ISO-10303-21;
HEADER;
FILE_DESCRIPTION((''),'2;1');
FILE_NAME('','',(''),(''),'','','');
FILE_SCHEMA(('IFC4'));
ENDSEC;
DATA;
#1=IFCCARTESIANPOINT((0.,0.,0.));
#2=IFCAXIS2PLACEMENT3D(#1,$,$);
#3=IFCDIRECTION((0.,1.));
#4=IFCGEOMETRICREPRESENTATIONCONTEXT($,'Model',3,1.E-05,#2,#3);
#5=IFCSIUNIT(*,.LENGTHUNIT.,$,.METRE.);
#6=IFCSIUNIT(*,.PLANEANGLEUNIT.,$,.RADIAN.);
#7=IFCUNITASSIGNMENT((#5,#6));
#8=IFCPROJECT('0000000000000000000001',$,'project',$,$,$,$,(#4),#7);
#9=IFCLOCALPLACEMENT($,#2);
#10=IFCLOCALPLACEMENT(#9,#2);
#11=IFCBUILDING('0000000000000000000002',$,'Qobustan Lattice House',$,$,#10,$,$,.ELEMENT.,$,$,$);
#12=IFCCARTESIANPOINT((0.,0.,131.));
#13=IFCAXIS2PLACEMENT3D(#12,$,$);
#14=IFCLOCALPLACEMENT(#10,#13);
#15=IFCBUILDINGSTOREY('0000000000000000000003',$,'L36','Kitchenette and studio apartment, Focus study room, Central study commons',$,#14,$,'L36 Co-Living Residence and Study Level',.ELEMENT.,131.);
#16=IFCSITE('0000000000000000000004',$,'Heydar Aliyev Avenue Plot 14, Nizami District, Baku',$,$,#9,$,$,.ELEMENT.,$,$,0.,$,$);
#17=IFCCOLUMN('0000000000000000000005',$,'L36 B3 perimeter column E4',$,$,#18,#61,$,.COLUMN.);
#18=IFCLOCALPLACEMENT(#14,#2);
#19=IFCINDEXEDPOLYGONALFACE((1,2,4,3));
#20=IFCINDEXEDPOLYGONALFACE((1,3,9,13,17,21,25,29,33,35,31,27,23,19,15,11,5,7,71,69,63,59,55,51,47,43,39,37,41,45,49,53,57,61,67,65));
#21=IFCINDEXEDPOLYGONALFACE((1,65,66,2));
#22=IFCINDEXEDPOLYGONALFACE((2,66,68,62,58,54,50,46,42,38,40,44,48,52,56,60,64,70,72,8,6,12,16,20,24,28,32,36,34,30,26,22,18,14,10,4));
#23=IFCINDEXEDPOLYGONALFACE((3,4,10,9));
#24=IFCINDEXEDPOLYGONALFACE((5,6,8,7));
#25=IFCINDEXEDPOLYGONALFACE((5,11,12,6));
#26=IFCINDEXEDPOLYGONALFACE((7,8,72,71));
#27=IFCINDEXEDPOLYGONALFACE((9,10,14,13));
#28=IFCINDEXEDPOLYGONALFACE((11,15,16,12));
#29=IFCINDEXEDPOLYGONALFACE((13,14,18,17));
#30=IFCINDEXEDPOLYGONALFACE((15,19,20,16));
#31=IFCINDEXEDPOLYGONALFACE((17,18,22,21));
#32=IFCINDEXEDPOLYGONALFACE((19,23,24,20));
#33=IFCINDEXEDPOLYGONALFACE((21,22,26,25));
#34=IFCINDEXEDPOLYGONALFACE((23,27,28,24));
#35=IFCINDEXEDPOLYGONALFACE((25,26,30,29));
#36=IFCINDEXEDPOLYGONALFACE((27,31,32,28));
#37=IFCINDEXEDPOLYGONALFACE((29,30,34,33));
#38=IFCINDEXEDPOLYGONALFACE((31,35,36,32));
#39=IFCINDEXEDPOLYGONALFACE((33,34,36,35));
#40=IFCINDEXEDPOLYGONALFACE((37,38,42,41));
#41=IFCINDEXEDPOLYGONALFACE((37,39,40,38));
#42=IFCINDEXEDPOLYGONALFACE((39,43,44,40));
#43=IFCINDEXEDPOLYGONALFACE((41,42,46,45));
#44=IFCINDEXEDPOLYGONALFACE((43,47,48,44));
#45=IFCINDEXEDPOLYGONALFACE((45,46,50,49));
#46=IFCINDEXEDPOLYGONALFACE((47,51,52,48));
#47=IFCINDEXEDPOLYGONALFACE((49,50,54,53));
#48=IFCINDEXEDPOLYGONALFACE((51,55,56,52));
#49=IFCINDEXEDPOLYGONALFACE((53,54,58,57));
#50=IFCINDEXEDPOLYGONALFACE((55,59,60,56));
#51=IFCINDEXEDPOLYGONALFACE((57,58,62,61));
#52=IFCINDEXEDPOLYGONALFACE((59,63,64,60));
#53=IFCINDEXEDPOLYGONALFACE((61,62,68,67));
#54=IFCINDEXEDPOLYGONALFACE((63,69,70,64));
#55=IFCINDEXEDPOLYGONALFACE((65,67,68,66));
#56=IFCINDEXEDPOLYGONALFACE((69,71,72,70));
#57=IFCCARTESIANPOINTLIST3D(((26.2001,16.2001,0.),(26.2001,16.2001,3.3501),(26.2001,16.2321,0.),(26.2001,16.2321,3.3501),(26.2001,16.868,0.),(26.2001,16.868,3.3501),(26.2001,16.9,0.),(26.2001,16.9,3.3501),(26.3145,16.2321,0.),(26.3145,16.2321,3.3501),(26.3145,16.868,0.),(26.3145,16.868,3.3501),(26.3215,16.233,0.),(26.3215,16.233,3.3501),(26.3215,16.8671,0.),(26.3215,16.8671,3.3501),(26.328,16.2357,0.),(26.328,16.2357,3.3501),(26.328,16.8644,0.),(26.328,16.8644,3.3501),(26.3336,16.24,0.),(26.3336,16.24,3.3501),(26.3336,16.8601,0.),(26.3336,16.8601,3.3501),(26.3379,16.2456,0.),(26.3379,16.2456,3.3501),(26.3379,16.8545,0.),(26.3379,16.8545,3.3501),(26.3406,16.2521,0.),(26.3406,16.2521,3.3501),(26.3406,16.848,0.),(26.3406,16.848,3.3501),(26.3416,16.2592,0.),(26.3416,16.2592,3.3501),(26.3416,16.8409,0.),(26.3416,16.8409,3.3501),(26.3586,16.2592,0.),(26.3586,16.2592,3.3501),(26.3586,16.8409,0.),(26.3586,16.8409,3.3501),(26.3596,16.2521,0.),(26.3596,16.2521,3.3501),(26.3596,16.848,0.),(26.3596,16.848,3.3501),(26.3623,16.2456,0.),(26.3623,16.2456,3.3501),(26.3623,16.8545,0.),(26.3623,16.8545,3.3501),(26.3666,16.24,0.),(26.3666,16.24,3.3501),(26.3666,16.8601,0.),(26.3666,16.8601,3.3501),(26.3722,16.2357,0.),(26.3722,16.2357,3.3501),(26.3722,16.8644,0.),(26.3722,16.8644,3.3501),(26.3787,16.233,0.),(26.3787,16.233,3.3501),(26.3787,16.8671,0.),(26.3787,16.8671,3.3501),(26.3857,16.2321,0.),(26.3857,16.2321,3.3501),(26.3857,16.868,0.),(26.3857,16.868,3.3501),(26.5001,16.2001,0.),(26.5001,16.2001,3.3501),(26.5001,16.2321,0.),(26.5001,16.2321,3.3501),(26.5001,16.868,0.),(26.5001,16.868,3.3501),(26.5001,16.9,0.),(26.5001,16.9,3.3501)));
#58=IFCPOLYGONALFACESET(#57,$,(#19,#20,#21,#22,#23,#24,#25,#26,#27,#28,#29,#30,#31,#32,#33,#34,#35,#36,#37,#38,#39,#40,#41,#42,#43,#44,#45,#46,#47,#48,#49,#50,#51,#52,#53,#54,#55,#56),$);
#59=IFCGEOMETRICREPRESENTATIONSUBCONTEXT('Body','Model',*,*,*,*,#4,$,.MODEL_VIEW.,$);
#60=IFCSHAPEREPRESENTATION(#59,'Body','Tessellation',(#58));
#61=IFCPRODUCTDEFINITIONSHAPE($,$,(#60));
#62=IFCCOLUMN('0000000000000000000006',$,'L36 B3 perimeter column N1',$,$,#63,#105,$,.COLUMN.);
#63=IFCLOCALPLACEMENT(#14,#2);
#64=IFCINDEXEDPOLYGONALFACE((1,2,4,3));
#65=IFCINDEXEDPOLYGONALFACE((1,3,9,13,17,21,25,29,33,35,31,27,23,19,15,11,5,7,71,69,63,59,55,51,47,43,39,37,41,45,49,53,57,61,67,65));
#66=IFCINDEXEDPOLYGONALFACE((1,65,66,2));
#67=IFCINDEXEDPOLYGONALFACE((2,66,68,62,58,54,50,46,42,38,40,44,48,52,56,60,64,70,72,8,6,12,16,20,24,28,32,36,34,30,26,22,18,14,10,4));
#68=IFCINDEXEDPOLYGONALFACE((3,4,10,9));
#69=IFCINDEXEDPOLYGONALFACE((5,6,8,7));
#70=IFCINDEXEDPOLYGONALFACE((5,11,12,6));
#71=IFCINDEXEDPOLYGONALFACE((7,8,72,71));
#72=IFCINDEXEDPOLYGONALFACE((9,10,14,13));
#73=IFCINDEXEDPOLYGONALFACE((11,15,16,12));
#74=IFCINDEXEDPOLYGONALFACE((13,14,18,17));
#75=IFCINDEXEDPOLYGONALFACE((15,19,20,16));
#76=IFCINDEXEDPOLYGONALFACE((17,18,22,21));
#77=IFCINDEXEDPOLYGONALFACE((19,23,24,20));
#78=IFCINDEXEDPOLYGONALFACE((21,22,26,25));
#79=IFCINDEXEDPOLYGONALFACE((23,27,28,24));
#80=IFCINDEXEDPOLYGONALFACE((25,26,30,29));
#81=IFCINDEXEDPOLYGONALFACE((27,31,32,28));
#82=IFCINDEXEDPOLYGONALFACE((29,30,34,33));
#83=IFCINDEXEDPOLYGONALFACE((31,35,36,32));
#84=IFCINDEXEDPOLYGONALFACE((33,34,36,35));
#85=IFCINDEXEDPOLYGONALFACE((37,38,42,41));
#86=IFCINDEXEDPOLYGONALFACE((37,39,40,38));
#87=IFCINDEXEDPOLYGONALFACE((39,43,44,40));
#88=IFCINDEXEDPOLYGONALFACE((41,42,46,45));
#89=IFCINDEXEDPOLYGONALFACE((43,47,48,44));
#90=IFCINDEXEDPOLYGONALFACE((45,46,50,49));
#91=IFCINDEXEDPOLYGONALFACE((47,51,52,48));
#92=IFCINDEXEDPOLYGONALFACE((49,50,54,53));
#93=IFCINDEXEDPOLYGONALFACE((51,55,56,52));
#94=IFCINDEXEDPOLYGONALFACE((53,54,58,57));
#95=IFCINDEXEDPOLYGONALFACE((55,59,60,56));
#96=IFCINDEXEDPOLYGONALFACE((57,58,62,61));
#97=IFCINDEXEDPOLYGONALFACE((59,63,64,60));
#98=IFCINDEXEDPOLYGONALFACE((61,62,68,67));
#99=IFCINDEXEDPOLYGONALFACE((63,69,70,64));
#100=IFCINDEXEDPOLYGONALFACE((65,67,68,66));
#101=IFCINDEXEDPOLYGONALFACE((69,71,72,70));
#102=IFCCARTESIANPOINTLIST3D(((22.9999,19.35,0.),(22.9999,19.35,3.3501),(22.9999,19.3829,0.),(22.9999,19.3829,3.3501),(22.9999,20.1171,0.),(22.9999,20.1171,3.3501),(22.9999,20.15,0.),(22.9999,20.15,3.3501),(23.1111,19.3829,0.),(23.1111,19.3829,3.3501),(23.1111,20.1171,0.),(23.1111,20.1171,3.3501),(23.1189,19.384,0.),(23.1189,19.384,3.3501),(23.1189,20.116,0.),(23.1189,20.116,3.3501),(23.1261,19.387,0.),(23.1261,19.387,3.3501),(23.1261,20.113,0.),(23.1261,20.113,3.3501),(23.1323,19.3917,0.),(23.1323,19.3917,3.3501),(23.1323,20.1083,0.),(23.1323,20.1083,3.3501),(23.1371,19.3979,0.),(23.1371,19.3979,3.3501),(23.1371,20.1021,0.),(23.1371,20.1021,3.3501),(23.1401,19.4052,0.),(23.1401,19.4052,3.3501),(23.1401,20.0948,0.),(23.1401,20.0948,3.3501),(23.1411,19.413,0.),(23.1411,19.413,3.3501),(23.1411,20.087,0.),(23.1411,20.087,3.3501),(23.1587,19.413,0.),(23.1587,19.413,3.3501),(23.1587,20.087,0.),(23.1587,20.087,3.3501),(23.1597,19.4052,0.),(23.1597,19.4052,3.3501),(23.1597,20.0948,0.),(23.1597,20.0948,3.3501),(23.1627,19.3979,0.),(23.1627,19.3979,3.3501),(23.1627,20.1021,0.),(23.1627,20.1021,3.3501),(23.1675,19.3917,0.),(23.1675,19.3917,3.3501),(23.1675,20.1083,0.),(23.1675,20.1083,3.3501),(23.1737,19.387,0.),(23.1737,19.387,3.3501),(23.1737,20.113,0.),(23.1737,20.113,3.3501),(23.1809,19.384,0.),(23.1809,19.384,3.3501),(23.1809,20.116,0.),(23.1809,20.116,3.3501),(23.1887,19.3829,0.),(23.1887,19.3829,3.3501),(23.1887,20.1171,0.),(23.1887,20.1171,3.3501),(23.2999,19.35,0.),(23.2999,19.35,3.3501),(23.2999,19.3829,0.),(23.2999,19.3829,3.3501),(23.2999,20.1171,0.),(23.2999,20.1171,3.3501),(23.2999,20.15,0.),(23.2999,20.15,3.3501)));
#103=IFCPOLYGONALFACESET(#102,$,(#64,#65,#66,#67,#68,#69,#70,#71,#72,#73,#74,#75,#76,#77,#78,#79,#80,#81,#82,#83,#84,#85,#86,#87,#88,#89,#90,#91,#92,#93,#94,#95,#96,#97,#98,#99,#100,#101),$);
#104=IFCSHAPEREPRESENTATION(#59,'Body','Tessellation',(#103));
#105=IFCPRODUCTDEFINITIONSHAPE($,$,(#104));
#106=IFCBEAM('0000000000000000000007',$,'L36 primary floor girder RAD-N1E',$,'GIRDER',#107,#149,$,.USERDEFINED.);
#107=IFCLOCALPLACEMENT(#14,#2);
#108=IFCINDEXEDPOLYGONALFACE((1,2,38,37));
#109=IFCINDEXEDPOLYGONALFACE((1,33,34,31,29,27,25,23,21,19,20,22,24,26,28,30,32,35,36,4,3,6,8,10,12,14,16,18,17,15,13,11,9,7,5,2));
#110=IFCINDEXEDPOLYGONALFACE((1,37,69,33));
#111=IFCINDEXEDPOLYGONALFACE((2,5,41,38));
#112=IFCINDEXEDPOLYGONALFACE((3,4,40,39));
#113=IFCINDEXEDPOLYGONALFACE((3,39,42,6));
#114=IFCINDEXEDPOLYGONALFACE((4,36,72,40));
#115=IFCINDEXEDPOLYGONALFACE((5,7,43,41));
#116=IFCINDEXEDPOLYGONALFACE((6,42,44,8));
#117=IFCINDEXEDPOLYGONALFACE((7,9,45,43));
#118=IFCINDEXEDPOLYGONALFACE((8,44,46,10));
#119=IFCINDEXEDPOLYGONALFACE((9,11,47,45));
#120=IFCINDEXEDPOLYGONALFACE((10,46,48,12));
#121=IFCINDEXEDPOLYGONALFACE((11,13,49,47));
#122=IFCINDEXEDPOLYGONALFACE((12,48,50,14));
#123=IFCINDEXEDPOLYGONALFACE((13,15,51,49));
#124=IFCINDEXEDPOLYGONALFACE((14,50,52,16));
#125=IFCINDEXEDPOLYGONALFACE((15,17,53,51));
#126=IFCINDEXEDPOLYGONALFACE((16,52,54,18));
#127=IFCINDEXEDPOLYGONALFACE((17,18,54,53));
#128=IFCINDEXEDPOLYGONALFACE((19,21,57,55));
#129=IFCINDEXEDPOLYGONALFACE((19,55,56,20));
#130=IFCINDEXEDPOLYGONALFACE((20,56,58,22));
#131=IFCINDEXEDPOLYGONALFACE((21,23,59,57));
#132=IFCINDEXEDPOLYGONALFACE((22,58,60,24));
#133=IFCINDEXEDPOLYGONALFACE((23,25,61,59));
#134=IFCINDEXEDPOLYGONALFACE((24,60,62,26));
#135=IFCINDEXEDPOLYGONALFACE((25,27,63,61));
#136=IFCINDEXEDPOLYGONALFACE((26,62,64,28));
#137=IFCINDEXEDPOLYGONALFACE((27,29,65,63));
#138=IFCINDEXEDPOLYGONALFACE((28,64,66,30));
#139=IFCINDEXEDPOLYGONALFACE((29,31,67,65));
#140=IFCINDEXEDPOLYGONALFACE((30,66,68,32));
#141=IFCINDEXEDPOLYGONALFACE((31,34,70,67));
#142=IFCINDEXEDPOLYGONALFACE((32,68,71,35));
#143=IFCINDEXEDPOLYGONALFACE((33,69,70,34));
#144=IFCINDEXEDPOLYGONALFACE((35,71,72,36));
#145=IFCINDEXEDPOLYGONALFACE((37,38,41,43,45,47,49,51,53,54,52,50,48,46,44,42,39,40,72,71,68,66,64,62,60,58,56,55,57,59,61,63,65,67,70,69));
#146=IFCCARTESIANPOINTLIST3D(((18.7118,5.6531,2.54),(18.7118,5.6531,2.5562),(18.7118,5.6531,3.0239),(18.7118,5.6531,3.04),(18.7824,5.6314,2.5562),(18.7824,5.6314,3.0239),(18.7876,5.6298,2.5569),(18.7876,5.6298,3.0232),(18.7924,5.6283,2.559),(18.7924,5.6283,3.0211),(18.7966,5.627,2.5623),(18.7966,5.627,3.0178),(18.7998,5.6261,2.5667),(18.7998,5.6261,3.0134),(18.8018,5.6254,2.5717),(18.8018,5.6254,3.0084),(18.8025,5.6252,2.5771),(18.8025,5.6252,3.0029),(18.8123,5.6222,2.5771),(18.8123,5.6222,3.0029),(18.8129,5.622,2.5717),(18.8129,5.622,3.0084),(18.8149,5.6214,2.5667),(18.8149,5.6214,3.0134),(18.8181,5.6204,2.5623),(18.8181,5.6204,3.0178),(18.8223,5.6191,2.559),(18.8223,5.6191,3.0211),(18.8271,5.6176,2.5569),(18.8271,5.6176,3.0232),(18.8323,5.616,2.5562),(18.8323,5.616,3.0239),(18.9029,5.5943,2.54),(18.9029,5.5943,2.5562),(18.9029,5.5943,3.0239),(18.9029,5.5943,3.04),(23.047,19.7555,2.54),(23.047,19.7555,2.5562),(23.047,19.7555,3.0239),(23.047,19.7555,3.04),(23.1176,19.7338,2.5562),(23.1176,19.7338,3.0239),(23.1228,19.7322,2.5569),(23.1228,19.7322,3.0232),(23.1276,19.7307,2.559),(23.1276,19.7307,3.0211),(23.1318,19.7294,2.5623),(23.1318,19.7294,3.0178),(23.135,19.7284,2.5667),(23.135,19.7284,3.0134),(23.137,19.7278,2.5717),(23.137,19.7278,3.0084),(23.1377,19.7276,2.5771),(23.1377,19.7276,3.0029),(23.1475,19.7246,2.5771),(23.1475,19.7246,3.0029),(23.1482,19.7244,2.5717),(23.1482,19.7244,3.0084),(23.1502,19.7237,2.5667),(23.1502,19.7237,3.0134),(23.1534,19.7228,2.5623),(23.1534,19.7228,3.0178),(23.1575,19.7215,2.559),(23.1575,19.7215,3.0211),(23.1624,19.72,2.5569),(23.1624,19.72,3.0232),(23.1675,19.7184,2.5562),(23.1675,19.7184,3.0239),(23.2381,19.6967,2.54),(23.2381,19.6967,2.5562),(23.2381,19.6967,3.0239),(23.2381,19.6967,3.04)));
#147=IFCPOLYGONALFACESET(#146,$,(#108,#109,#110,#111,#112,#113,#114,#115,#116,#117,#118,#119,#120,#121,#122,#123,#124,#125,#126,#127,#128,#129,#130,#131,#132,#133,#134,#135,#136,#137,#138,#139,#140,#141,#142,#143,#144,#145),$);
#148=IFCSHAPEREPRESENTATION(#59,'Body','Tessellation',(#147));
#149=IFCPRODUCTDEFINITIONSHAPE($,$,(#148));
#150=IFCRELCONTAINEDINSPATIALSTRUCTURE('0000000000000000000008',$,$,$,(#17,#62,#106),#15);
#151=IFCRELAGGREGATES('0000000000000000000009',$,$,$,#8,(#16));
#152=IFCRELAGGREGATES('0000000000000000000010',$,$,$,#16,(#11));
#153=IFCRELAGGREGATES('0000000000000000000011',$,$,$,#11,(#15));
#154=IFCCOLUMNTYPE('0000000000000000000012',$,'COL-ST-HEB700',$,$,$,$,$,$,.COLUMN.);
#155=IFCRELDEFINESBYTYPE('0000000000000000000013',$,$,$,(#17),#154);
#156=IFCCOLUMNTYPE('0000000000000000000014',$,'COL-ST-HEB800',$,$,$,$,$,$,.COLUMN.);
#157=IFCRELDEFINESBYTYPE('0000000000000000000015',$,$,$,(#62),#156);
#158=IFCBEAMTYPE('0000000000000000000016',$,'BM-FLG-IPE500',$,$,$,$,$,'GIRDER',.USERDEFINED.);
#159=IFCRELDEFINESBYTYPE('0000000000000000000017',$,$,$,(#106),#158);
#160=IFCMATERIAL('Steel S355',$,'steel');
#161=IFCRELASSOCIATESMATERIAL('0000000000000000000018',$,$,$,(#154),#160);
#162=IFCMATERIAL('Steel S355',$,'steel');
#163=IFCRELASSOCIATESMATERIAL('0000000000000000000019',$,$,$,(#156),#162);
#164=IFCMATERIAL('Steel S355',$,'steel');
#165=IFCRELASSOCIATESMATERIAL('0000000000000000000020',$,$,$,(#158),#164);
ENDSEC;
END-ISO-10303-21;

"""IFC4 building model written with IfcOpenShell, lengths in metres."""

from ifc_helpers import new_model, si_unit, direction, frame, origin, origin_2d, place, context, subcontext, project, spatial, i_section, extrude, material, material_profile, profile_set, type_object, element, save


model = new_model("IFC4")

# Units and contexts
model_context = context("Model", 3, precision=1e-05, world=origin(), true_north=direction((0.0, 1.0)))
body_context = subcontext(model_context, "Body", "Model", "MODEL_VIEW")
ifc_project = project(units=[si_unit("LENGTHUNIT", "METRE"), si_unit("PLANEANGLEUNIT", "RADIAN")], contexts=[model_context])

# Site, building, storey
site_placement = place(None, origin())
site = spatial("IfcSite", under=ifc_project, at=site_placement, Name="Heydar Aliyev Avenue Plot 14, Nizami District, Baku", CompositionType="ELEMENT", RefElevation=0.0)
building_placement = place(site_placement, origin())
building = spatial("IfcBuilding", under=site, at=building_placement, Name="Qobustan Lattice House", CompositionType="ELEMENT")
storey_placement = place(building_placement, frame((0.0, 0.0, 131.0)))
storey = spatial("IfcBuildingStorey", under=building, at=storey_placement, Name="L36", Description="Kitchenette and studio apartment, Focus study room, Central study commons", LongName="L36 Co-Living Residence and Study Level", CompositionType="ELEMENT", Elevation=131.0)

# Columns
ifc_material_1 = material(Name="Steel S355", Category="steel")
ifc_material_profile_1 = material_profile(ifc_material_1, i_section(OverallWidth=0.3, OverallDepth=0.7, WebThickness=0.0171, FlangeThickness=0.032, FilletRadius=0.0271, at=origin_2d()), Name="HEB700")
ifc_profile_set_1 = profile_set([ifc_material_profile_1], Name="Steel S355")
column_type_1 = type_object("IfcColumnType", Name="COL-ST-HEB700", PredefinedType="COLUMN", material=ifc_profile_set_1)
column_1_placement = place(storey_placement, frame((26.3501, 16.55, 0.0), z_axis=(0.0, 0.0, 1.0), x_axis=(1.0, 0.0, 0.0)))
element("IfcColumn", 1, at=column_1_placement, inside=storey, type_object=column_type_1, Name="L36 B3 perimeter column E4", PredefinedType="COLUMN", context=body_context, shape_type="SweptSolid", body=[
    extrude(i_section(OverallWidth=0.3, OverallDepth=0.7, WebThickness=0.0171, FlangeThickness=0.032, FilletRadius=0.0271, at=origin_2d()), origin(), (0.0, 0.0, 1.0), 3.3501),
])
ifc_material_2 = material(Name="Steel S355", Category="steel")
ifc_material_profile_2 = material_profile(ifc_material_2, i_section(OverallWidth=0.3, OverallDepth=0.8, WebThickness=0.0176, FlangeThickness=0.033, FilletRadius=0.03, at=origin_2d()), Name="HEB800")
ifc_profile_set_2 = profile_set([ifc_material_profile_2], Name="Steel S355")
column_type_2 = type_object("IfcColumnType", Name="COL-ST-HEB800", PredefinedType="COLUMN", material=ifc_profile_set_2)
column_2_placement = place(storey_placement, frame((23.1499, 19.75, 0.0), z_axis=(0.0, 0.0, 1.0), x_axis=(1.0, 0.0, 0.0)))
element("IfcColumn", 2, at=column_2_placement, inside=storey, type_object=column_type_2, Name="L36 B3 perimeter column N1", PredefinedType="COLUMN", context=body_context, shape_type="SweptSolid", body=[
    extrude(i_section(OverallWidth=0.3, OverallDepth=0.8, WebThickness=0.0176, FlangeThickness=0.033, FilletRadius=0.03, at=origin_2d()), origin(), (0.0, 0.0, 1.0), 3.3501),
])

# Beam
ifc_material_3 = material(Name="Steel S355", Category="steel")
ifc_material_profile_3 = material_profile(ifc_material_3, i_section(OverallWidth=0.2, OverallDepth=0.5, WebThickness=0.0103, FlangeThickness=0.0161, FilletRadius=0.021, at=origin_2d()), Name="IPE500")
ifc_profile_set_3 = profile_set([ifc_material_profile_3], Name="Steel S355")
beam_type_1 = type_object("IfcBeamType", Name="BM-FLG-IPE500", ElementType="GIRDER", PredefinedType="USERDEFINED", material=ifc_profile_set_3)
beam_1_placement = place(storey_placement, frame((23.1426, 19.7261, 2.79), z_axis=(-0.29384, -0.955854, 0.0), x_axis=(0.955854, -0.29384, 0.0)))
element("IfcBeam", 3, at=beam_1_placement, inside=storey, type_object=beam_type_1, Name="L36 primary floor girder RAD-N1E", ObjectType="GIRDER", PredefinedType="USERDEFINED", context=body_context, shape_type="SweptSolid", body=[
    extrude(i_section(OverallWidth=0.2, OverallDepth=0.5, WebThickness=0.0103, FlangeThickness=0.0161, FilletRadius=0.021, at=origin_2d()), origin(), (0.0, 0.0, 1.0), 14.7537),
])

save(model, "model.ifc")
